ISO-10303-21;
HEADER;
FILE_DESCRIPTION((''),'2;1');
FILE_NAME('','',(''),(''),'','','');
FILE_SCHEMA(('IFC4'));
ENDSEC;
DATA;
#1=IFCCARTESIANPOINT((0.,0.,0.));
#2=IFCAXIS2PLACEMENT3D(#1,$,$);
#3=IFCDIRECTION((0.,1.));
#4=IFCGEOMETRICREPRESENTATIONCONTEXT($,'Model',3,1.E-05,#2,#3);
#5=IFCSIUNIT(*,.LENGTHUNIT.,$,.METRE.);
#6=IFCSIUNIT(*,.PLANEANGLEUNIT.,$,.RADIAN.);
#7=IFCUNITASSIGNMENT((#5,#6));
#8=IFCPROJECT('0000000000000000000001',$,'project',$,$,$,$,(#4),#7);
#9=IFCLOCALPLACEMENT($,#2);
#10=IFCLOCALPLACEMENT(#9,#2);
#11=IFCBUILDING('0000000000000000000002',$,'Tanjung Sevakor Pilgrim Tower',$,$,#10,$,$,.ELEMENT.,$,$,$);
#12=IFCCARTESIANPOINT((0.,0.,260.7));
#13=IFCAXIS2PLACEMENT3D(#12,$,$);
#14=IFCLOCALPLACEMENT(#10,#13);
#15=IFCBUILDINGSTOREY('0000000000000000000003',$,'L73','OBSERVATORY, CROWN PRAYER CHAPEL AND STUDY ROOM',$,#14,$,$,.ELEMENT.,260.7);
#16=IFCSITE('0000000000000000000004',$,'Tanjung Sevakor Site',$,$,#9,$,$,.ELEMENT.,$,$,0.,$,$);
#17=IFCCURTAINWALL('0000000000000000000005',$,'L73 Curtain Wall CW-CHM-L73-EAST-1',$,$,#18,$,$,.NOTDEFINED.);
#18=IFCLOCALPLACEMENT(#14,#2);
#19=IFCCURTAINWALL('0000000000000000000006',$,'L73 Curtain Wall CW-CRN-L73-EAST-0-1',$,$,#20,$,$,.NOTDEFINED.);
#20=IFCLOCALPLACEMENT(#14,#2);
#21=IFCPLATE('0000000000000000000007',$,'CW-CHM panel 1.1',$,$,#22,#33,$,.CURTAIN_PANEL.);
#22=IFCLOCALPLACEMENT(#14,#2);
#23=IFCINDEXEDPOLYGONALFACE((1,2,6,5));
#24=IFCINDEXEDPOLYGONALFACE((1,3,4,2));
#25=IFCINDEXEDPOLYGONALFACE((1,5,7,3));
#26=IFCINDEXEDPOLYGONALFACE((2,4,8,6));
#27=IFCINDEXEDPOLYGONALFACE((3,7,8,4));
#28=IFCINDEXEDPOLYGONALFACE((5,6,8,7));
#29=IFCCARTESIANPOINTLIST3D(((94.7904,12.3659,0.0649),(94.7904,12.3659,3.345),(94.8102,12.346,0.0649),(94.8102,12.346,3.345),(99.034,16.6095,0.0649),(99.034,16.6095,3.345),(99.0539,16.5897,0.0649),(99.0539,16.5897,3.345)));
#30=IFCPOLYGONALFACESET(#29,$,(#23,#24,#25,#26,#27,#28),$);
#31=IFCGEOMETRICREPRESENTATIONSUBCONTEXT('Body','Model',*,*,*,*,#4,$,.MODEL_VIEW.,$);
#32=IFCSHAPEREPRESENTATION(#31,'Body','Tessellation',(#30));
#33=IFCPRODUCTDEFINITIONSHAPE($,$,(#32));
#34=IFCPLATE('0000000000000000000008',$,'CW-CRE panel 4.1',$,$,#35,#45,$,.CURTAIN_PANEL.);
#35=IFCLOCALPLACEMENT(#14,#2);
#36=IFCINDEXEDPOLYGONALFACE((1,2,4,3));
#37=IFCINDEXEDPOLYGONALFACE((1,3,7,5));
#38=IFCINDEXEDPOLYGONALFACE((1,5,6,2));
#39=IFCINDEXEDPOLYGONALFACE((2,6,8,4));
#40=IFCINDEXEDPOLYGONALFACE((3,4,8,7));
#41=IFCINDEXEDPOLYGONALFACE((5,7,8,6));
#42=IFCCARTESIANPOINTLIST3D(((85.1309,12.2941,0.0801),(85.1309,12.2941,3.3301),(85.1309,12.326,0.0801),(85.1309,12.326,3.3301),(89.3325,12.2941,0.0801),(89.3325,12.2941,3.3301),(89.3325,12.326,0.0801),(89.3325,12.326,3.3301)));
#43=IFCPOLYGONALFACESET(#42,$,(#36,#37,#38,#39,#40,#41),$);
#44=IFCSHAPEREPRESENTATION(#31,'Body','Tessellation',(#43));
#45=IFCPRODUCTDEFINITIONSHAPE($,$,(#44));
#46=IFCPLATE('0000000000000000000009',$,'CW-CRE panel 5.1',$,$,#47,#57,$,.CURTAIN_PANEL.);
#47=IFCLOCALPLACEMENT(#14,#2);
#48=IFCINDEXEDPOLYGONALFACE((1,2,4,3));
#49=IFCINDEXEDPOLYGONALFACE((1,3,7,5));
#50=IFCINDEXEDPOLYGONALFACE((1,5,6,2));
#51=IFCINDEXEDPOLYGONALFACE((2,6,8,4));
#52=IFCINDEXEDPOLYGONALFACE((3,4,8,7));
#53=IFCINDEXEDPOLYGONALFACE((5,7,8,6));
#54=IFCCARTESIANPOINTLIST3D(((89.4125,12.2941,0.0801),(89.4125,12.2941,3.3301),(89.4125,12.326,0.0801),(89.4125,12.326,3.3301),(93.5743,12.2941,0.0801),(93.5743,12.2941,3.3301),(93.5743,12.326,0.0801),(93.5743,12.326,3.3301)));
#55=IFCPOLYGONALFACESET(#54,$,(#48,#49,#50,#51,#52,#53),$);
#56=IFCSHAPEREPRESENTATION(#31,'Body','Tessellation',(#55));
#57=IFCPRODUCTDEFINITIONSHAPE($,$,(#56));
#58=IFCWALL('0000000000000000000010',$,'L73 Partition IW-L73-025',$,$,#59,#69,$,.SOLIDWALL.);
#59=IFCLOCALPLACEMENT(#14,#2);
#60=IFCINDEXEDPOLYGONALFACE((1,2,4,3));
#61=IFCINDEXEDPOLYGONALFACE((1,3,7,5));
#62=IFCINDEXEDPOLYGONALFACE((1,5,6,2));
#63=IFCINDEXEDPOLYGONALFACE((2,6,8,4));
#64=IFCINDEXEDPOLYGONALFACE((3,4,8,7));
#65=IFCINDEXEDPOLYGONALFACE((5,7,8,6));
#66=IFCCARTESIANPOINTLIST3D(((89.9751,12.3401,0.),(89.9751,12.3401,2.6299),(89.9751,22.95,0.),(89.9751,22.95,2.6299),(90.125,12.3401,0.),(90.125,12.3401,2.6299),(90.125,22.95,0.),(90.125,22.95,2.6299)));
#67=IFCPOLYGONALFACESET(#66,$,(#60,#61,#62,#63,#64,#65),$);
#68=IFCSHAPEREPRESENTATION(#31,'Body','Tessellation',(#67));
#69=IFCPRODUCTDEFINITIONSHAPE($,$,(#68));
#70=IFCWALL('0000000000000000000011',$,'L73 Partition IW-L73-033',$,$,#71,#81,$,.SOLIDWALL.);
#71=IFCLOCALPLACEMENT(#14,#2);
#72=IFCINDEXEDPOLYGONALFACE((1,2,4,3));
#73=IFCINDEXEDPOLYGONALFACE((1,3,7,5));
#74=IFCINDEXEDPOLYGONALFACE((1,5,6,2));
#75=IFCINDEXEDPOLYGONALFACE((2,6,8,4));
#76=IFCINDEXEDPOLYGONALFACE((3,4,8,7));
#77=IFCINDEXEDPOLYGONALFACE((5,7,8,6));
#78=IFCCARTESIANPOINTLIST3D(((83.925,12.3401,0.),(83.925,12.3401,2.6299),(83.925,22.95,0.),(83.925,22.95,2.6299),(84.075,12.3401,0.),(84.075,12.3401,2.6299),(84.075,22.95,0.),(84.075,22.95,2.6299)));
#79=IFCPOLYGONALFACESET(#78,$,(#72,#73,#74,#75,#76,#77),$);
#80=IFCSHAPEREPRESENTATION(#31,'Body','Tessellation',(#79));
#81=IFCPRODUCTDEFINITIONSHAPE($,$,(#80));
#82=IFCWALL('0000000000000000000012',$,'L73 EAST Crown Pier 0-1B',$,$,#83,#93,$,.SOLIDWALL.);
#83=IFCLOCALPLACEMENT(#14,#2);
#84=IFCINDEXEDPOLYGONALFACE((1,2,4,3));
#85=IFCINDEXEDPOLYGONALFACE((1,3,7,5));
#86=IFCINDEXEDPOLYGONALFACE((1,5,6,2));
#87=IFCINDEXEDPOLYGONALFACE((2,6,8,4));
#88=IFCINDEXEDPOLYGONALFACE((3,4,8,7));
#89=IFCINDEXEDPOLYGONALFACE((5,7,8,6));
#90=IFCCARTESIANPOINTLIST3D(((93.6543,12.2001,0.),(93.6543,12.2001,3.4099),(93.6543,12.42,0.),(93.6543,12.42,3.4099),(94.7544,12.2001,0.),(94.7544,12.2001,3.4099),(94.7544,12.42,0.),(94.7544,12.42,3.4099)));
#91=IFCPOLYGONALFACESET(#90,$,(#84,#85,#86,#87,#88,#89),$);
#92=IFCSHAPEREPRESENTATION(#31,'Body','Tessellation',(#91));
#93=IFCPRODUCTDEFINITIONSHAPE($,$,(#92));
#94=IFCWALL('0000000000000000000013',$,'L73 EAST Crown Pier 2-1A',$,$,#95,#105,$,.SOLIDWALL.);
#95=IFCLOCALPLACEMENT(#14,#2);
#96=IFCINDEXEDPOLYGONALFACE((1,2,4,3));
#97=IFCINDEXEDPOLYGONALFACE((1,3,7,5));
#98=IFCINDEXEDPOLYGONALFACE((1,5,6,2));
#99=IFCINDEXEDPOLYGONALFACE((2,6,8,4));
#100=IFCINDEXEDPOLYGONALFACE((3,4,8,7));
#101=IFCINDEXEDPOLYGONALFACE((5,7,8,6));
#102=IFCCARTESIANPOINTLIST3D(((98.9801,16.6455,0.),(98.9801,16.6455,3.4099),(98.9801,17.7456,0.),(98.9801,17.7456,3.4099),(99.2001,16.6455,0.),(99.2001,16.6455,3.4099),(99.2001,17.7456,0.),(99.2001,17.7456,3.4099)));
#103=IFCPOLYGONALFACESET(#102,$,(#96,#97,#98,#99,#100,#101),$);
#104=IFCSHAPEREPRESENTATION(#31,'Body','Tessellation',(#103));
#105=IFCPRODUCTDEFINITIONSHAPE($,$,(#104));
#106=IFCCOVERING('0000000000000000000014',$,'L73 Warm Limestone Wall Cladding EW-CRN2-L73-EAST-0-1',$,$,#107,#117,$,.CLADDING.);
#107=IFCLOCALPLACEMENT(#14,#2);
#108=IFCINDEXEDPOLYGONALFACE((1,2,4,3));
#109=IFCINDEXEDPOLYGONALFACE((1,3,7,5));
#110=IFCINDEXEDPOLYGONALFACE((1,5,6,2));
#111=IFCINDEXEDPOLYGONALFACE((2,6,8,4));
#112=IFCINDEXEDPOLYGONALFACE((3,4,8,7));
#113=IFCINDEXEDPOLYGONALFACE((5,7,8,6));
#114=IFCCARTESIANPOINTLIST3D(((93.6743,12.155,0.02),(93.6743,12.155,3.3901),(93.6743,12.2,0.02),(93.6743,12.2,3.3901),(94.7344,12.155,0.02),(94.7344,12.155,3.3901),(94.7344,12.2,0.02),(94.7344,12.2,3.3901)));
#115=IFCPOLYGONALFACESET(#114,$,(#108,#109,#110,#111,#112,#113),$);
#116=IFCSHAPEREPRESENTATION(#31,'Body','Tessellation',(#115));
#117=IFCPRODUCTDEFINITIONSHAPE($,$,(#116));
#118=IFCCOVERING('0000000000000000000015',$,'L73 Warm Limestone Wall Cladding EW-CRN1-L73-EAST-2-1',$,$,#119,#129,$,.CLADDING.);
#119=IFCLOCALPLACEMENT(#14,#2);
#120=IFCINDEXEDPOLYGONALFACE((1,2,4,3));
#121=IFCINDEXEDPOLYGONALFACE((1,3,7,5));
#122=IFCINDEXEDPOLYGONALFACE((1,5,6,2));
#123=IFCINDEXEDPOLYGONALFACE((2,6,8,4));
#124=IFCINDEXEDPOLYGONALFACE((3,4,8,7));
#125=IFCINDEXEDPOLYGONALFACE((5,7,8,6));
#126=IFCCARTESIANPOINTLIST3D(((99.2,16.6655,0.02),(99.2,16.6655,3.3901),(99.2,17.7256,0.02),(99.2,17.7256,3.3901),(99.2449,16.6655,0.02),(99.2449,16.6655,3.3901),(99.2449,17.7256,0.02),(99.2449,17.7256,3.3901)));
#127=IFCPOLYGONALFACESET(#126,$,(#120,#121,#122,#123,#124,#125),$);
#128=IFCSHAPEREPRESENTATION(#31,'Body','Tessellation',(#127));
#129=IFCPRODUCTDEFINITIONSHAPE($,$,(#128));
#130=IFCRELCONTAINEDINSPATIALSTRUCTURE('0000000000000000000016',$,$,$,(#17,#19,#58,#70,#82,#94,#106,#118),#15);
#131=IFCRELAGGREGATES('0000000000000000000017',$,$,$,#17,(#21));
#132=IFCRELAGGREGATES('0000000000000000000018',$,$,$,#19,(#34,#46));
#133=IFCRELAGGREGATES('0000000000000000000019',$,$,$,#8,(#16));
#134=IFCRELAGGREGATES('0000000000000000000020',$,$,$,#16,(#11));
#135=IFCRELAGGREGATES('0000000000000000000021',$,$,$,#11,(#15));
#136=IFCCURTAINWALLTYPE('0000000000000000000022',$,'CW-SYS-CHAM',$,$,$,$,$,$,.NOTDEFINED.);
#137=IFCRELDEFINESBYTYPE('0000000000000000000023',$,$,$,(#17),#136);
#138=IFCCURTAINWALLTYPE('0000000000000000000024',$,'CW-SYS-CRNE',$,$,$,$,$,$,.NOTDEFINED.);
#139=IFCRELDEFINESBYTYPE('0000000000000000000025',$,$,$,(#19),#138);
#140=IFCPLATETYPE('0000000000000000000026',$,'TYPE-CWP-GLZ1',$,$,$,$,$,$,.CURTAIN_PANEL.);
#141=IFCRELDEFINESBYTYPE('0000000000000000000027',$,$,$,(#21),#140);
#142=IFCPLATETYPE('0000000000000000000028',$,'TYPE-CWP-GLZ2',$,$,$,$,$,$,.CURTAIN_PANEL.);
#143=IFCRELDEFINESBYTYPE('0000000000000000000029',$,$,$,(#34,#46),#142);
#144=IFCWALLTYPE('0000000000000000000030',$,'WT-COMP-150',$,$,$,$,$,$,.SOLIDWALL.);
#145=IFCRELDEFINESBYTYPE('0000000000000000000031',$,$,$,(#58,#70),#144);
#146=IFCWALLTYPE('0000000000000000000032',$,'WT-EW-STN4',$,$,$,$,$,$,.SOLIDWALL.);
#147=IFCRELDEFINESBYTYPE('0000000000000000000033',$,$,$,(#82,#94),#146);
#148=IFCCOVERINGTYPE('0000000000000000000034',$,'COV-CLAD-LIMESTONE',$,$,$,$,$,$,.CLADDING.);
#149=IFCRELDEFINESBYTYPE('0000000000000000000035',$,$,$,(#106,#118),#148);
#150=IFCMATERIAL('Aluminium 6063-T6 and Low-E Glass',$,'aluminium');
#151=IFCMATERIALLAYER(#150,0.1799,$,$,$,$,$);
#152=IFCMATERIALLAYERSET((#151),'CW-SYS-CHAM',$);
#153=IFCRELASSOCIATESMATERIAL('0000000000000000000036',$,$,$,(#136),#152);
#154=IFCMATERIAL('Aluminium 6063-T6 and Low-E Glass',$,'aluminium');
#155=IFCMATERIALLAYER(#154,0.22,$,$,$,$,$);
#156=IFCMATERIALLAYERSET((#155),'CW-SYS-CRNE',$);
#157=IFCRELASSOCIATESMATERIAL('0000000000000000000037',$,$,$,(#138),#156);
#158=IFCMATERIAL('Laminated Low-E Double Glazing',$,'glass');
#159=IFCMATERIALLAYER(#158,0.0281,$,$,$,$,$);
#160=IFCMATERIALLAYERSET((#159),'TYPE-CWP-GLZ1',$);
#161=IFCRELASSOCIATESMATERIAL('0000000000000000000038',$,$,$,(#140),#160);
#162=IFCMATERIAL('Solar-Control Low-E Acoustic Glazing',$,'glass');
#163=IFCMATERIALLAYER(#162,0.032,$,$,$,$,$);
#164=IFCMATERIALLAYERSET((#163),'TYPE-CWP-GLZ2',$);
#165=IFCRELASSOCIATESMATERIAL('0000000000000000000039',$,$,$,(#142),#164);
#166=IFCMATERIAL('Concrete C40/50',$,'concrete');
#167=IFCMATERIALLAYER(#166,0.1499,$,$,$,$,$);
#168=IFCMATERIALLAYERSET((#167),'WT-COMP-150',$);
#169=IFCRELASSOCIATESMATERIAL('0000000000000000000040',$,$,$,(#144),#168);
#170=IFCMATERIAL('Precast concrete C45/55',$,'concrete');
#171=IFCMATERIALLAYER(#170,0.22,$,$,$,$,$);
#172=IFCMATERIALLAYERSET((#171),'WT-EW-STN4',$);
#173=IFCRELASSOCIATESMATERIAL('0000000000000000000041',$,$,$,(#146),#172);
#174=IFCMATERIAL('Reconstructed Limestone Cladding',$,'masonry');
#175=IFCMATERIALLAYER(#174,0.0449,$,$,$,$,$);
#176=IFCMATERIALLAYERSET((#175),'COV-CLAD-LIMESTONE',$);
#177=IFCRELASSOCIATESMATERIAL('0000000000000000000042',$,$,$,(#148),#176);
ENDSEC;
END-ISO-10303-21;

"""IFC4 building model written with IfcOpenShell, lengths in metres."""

from ifc_helpers import new_model, si_unit, direction, frame, frame_2d, origin, origin_2d, place, context, subcontext, project, spatial, rectangle, extrude, material, layer, layer_set, type_object, element, aggregate, save


model = new_model("IFC4")

# Units and contexts
model_context = context("Model", 3, precision=1e-05, world=origin(), true_north=direction((0.0, 1.0)))
body_context = subcontext(model_context, "Body", "Model", "MODEL_VIEW")
ifc_project = project(units=[si_unit("LENGTHUNIT", "METRE"), si_unit("PLANEANGLEUNIT", "RADIAN")], contexts=[model_context])

# Site, building, storey
site_placement = place(None, origin())
site = spatial("IfcSite", under=ifc_project, at=site_placement, Name="Tanjung Sevakor Site", CompositionType="ELEMENT", RefElevation=0.0)
building_placement = place(site_placement, origin())
building = spatial("IfcBuilding", under=site, at=building_placement, Name="Tanjung Sevakor Pilgrim Tower", CompositionType="ELEMENT")
storey_placement = place(building_placement, frame((0.0, 0.0, 260.7)))
storey = spatial("IfcBuildingStorey", under=building, at=storey_placement, Name="L73", Description="OBSERVATORY, CROWN PRAYER CHAPEL AND STUDY ROOM", CompositionType="ELEMENT", Elevation=260.7)

# Curtain walls
ifc_material_1 = material(Name="Aluminium 6063-T6 and Low-E Glass", Category="aluminium")
ifc_layer_1 = layer(ifc_material_1, 0.1799)
ifc_layer_set_1 = layer_set([ifc_layer_1], Name="CW-SYS-CHAM")
curtain_wall_type_1 = type_object("IfcCurtainWallType", Name="CW-SYS-CHAM", PredefinedType="NOTDEFINED", material=ifc_layer_set_1)
curtain_wall_1_placement = place(storey_placement, origin())
curtain_wall_1 = element("IfcCurtainWall", 1, at=curtain_wall_1_placement, inside=storey, type_object=curtain_wall_type_1, Name="L73 Curtain Wall CW-CHM-L73-EAST-1", PredefinedType="NOTDEFINED")
ifc_material_2 = material(Name="Aluminium 6063-T6 and Low-E Glass", Category="aluminium")
ifc_layer_2 = layer(ifc_material_2, 0.22)
ifc_layer_set_2 = layer_set([ifc_layer_2], Name="CW-SYS-CRNE")
curtain_wall_type_2 = type_object("IfcCurtainWallType", Name="CW-SYS-CRNE", PredefinedType="NOTDEFINED", material=ifc_layer_set_2)
curtain_wall_2_placement = place(storey_placement, origin())
curtain_wall_2 = element("IfcCurtainWall", 2, at=curtain_wall_2_placement, inside=storey, type_object=curtain_wall_type_2, Name="L73 Curtain Wall CW-CRN-L73-EAST-0-1", PredefinedType="NOTDEFINED")

# Plates
ifc_material_3 = material(Name="Laminated Low-E Double Glazing", Category="glass")
ifc_layer_3 = layer(ifc_material_3, 0.0281)
ifc_layer_set_3 = layer_set([ifc_layer_3], Name="TYPE-CWP-GLZ1")
plate_type_1 = type_object("IfcPlateType", Name="TYPE-CWP-GLZ1", PredefinedType="CURTAIN_PANEL", material=ifc_layer_set_3)
plate_1_placement = place(storey_placement, frame((96.9221, 14.4778, 0.0649), z_axis=(0.0, 0.0, 1.0), x_axis=(0.707107, 0.707107, 0.0)))
plate_1 = element("IfcPlate", 3, at=plate_1_placement, type_object=plate_type_1, Name="CW-CHM panel 1.1", PredefinedType="CURTAIN_PANEL", context=body_context, shape_type="SweptSolid", body=[
    extrude(rectangle(XDim=6.0015, YDim=0.0281, at=origin_2d()), origin(), (0.0, 0.0, 1.0), 3.28),
])
aggregate(curtain_wall_1, [plate_1])
ifc_material_4 = material(Name="Solar-Control Low-E Acoustic Glazing", Category="glass")
ifc_layer_4 = layer(ifc_material_4, 0.032)
ifc_layer_set_4 = layer_set([ifc_layer_4], Name="TYPE-CWP-GLZ2")
plate_type_2 = type_object("IfcPlateType", Name="TYPE-CWP-GLZ2", PredefinedType="CURTAIN_PANEL", material=ifc_layer_set_4)
plate_2_placement = place(storey_placement, frame((87.2317, 12.3101, 0.0801), z_axis=(0.0, 0.0, 1.0), x_axis=(1.0, 0.0, 0.0)))
plate_2 = element("IfcPlate", 4, at=plate_2_placement, type_object=plate_type_2, Name="CW-CRE panel 4.1", PredefinedType="CURTAIN_PANEL", context=body_context, shape_type="SweptSolid", body=[
    extrude(rectangle(XDim=4.2017, YDim=0.032, at=origin_2d()), origin(), (0.0, 0.0, 1.0), 3.25),
])
plate_3_placement = place(storey_placement, frame((91.4934, 12.3101, 0.0801), z_axis=(0.0, 0.0, 1.0), x_axis=(1.0, 0.0, 0.0)))
plate_3 = element("IfcPlate", 5, at=plate_3_placement, type_object=plate_type_2, Name="CW-CRE panel 5.1", PredefinedType="CURTAIN_PANEL", context=body_context, shape_type="SweptSolid", body=[
    extrude(rectangle(XDim=4.1619, YDim=0.032, at=origin_2d()), origin(), (0.0, 0.0, 1.0), 3.25),
])
aggregate(curtain_wall_2, [plate_2, plate_3])

# Walls
ifc_material_5 = material(Name="Concrete C40/50", Category="concrete")
ifc_layer_5 = layer(ifc_material_5, 0.1499)
ifc_layer_set_5 = layer_set([ifc_layer_5], Name="WT-COMP-150")
wall_type_1 = type_object("IfcWallType", Name="WT-COMP-150", PredefinedType="SOLIDWALL", material=ifc_layer_set_5)
for number, where, z_axis, x_axis, name in (
    (6, (90.05, 12.3401, 0.0), (0.0, 0.0, 1.0), (0.0, 1.0, 0.0), "L73 Partition IW-L73-025"),
    (7, (84.0, 12.3401, 0.0), (0.0, 0.0, 1.0), (0.0, 1.0, 0.0), "L73 Partition IW-L73-033"),
):
    element("IfcWall", number, at=place(storey_placement, frame(where, z_axis=z_axis, x_axis=x_axis)), inside=storey, type_object=wall_type_1, Name=name, PredefinedType="SOLIDWALL", context=body_context, shape_type="SweptSolid", body=[
        extrude(rectangle(XDim=10.6099, YDim=0.1499, at=frame_2d((5.3049, 0.0))), origin(), (0.0, 0.0, 1.0), 2.6299),
    ])
ifc_material_6 = material(Name="Precast concrete C45/55", Category="concrete")
ifc_layer_6 = layer(ifc_material_6, 0.22)
ifc_layer_set_6 = layer_set([ifc_layer_6], Name="WT-EW-STN4")
wall_type_2 = type_object("IfcWallType", Name="WT-EW-STN4", PredefinedType="SOLIDWALL", material=ifc_layer_set_6)
for number, where, z_axis, x_axis, name in (
    (8, (93.6543, 12.3101, 0.0), (0.0, 0.0, 1.0), (1.0, 0.0, 0.0), "L73 EAST Crown Pier 0-1B"),
    (9, (99.0901, 16.6455, 0.0), (0.0, 0.0, 1.0), (0.0, 1.0, 0.0), "L73 EAST Crown Pier 2-1A"),
):
    element("IfcWall", number, at=place(storey_placement, frame(where, z_axis=z_axis, x_axis=x_axis)), inside=storey, type_object=wall_type_2, Name=name, PredefinedType="SOLIDWALL", context=body_context, shape_type="SweptSolid", body=[
        extrude(rectangle(XDim=1.1001, YDim=0.22, at=frame_2d((0.55, 0.0))), origin(), (0.0, 0.0, 1.0), 3.4099),
    ])

# Coverings
ifc_material_7 = material(Name="Reconstructed Limestone Cladding", Category="masonry")
ifc_layer_7 = layer(ifc_material_7, 0.0449)
ifc_layer_set_7 = layer_set([ifc_layer_7], Name="COV-CLAD-LIMESTONE")
covering_type = type_object("IfcCoveringType", Name="COV-CLAD-LIMESTONE", PredefinedType="CLADDING", material=ifc_layer_set_7)
for number, where, z_axis, x_axis, name in (
    (10, (94.2043, 12.1775, 0.02), (0.0, 0.0, 1.0), (1.0, 0.0, 0.0), "L73 Warm Limestone Wall Cladding EW-CRN2-L73-EAST-0-1"),
    (11, (99.2224, 17.1956, 0.02), (0.0, 0.0, 1.0), (0.0, 1.0, 0.0), "L73 Warm Limestone Wall Cladding EW-CRN1-L73-EAST-2-1"),
):
    element("IfcCovering", number, at=place(storey_placement, frame(where, z_axis=z_axis, x_axis=x_axis)), inside=storey, type_object=covering_type, Name=name, PredefinedType="CLADDING", context=body_context, shape_type="SweptSolid", body=[
        extrude(rectangle(XDim=1.0601, YDim=0.0449, at=origin_2d()), origin(), (0.0, 0.0, 1.0), 3.3701),
    ])

save(model, "model.ifc")
